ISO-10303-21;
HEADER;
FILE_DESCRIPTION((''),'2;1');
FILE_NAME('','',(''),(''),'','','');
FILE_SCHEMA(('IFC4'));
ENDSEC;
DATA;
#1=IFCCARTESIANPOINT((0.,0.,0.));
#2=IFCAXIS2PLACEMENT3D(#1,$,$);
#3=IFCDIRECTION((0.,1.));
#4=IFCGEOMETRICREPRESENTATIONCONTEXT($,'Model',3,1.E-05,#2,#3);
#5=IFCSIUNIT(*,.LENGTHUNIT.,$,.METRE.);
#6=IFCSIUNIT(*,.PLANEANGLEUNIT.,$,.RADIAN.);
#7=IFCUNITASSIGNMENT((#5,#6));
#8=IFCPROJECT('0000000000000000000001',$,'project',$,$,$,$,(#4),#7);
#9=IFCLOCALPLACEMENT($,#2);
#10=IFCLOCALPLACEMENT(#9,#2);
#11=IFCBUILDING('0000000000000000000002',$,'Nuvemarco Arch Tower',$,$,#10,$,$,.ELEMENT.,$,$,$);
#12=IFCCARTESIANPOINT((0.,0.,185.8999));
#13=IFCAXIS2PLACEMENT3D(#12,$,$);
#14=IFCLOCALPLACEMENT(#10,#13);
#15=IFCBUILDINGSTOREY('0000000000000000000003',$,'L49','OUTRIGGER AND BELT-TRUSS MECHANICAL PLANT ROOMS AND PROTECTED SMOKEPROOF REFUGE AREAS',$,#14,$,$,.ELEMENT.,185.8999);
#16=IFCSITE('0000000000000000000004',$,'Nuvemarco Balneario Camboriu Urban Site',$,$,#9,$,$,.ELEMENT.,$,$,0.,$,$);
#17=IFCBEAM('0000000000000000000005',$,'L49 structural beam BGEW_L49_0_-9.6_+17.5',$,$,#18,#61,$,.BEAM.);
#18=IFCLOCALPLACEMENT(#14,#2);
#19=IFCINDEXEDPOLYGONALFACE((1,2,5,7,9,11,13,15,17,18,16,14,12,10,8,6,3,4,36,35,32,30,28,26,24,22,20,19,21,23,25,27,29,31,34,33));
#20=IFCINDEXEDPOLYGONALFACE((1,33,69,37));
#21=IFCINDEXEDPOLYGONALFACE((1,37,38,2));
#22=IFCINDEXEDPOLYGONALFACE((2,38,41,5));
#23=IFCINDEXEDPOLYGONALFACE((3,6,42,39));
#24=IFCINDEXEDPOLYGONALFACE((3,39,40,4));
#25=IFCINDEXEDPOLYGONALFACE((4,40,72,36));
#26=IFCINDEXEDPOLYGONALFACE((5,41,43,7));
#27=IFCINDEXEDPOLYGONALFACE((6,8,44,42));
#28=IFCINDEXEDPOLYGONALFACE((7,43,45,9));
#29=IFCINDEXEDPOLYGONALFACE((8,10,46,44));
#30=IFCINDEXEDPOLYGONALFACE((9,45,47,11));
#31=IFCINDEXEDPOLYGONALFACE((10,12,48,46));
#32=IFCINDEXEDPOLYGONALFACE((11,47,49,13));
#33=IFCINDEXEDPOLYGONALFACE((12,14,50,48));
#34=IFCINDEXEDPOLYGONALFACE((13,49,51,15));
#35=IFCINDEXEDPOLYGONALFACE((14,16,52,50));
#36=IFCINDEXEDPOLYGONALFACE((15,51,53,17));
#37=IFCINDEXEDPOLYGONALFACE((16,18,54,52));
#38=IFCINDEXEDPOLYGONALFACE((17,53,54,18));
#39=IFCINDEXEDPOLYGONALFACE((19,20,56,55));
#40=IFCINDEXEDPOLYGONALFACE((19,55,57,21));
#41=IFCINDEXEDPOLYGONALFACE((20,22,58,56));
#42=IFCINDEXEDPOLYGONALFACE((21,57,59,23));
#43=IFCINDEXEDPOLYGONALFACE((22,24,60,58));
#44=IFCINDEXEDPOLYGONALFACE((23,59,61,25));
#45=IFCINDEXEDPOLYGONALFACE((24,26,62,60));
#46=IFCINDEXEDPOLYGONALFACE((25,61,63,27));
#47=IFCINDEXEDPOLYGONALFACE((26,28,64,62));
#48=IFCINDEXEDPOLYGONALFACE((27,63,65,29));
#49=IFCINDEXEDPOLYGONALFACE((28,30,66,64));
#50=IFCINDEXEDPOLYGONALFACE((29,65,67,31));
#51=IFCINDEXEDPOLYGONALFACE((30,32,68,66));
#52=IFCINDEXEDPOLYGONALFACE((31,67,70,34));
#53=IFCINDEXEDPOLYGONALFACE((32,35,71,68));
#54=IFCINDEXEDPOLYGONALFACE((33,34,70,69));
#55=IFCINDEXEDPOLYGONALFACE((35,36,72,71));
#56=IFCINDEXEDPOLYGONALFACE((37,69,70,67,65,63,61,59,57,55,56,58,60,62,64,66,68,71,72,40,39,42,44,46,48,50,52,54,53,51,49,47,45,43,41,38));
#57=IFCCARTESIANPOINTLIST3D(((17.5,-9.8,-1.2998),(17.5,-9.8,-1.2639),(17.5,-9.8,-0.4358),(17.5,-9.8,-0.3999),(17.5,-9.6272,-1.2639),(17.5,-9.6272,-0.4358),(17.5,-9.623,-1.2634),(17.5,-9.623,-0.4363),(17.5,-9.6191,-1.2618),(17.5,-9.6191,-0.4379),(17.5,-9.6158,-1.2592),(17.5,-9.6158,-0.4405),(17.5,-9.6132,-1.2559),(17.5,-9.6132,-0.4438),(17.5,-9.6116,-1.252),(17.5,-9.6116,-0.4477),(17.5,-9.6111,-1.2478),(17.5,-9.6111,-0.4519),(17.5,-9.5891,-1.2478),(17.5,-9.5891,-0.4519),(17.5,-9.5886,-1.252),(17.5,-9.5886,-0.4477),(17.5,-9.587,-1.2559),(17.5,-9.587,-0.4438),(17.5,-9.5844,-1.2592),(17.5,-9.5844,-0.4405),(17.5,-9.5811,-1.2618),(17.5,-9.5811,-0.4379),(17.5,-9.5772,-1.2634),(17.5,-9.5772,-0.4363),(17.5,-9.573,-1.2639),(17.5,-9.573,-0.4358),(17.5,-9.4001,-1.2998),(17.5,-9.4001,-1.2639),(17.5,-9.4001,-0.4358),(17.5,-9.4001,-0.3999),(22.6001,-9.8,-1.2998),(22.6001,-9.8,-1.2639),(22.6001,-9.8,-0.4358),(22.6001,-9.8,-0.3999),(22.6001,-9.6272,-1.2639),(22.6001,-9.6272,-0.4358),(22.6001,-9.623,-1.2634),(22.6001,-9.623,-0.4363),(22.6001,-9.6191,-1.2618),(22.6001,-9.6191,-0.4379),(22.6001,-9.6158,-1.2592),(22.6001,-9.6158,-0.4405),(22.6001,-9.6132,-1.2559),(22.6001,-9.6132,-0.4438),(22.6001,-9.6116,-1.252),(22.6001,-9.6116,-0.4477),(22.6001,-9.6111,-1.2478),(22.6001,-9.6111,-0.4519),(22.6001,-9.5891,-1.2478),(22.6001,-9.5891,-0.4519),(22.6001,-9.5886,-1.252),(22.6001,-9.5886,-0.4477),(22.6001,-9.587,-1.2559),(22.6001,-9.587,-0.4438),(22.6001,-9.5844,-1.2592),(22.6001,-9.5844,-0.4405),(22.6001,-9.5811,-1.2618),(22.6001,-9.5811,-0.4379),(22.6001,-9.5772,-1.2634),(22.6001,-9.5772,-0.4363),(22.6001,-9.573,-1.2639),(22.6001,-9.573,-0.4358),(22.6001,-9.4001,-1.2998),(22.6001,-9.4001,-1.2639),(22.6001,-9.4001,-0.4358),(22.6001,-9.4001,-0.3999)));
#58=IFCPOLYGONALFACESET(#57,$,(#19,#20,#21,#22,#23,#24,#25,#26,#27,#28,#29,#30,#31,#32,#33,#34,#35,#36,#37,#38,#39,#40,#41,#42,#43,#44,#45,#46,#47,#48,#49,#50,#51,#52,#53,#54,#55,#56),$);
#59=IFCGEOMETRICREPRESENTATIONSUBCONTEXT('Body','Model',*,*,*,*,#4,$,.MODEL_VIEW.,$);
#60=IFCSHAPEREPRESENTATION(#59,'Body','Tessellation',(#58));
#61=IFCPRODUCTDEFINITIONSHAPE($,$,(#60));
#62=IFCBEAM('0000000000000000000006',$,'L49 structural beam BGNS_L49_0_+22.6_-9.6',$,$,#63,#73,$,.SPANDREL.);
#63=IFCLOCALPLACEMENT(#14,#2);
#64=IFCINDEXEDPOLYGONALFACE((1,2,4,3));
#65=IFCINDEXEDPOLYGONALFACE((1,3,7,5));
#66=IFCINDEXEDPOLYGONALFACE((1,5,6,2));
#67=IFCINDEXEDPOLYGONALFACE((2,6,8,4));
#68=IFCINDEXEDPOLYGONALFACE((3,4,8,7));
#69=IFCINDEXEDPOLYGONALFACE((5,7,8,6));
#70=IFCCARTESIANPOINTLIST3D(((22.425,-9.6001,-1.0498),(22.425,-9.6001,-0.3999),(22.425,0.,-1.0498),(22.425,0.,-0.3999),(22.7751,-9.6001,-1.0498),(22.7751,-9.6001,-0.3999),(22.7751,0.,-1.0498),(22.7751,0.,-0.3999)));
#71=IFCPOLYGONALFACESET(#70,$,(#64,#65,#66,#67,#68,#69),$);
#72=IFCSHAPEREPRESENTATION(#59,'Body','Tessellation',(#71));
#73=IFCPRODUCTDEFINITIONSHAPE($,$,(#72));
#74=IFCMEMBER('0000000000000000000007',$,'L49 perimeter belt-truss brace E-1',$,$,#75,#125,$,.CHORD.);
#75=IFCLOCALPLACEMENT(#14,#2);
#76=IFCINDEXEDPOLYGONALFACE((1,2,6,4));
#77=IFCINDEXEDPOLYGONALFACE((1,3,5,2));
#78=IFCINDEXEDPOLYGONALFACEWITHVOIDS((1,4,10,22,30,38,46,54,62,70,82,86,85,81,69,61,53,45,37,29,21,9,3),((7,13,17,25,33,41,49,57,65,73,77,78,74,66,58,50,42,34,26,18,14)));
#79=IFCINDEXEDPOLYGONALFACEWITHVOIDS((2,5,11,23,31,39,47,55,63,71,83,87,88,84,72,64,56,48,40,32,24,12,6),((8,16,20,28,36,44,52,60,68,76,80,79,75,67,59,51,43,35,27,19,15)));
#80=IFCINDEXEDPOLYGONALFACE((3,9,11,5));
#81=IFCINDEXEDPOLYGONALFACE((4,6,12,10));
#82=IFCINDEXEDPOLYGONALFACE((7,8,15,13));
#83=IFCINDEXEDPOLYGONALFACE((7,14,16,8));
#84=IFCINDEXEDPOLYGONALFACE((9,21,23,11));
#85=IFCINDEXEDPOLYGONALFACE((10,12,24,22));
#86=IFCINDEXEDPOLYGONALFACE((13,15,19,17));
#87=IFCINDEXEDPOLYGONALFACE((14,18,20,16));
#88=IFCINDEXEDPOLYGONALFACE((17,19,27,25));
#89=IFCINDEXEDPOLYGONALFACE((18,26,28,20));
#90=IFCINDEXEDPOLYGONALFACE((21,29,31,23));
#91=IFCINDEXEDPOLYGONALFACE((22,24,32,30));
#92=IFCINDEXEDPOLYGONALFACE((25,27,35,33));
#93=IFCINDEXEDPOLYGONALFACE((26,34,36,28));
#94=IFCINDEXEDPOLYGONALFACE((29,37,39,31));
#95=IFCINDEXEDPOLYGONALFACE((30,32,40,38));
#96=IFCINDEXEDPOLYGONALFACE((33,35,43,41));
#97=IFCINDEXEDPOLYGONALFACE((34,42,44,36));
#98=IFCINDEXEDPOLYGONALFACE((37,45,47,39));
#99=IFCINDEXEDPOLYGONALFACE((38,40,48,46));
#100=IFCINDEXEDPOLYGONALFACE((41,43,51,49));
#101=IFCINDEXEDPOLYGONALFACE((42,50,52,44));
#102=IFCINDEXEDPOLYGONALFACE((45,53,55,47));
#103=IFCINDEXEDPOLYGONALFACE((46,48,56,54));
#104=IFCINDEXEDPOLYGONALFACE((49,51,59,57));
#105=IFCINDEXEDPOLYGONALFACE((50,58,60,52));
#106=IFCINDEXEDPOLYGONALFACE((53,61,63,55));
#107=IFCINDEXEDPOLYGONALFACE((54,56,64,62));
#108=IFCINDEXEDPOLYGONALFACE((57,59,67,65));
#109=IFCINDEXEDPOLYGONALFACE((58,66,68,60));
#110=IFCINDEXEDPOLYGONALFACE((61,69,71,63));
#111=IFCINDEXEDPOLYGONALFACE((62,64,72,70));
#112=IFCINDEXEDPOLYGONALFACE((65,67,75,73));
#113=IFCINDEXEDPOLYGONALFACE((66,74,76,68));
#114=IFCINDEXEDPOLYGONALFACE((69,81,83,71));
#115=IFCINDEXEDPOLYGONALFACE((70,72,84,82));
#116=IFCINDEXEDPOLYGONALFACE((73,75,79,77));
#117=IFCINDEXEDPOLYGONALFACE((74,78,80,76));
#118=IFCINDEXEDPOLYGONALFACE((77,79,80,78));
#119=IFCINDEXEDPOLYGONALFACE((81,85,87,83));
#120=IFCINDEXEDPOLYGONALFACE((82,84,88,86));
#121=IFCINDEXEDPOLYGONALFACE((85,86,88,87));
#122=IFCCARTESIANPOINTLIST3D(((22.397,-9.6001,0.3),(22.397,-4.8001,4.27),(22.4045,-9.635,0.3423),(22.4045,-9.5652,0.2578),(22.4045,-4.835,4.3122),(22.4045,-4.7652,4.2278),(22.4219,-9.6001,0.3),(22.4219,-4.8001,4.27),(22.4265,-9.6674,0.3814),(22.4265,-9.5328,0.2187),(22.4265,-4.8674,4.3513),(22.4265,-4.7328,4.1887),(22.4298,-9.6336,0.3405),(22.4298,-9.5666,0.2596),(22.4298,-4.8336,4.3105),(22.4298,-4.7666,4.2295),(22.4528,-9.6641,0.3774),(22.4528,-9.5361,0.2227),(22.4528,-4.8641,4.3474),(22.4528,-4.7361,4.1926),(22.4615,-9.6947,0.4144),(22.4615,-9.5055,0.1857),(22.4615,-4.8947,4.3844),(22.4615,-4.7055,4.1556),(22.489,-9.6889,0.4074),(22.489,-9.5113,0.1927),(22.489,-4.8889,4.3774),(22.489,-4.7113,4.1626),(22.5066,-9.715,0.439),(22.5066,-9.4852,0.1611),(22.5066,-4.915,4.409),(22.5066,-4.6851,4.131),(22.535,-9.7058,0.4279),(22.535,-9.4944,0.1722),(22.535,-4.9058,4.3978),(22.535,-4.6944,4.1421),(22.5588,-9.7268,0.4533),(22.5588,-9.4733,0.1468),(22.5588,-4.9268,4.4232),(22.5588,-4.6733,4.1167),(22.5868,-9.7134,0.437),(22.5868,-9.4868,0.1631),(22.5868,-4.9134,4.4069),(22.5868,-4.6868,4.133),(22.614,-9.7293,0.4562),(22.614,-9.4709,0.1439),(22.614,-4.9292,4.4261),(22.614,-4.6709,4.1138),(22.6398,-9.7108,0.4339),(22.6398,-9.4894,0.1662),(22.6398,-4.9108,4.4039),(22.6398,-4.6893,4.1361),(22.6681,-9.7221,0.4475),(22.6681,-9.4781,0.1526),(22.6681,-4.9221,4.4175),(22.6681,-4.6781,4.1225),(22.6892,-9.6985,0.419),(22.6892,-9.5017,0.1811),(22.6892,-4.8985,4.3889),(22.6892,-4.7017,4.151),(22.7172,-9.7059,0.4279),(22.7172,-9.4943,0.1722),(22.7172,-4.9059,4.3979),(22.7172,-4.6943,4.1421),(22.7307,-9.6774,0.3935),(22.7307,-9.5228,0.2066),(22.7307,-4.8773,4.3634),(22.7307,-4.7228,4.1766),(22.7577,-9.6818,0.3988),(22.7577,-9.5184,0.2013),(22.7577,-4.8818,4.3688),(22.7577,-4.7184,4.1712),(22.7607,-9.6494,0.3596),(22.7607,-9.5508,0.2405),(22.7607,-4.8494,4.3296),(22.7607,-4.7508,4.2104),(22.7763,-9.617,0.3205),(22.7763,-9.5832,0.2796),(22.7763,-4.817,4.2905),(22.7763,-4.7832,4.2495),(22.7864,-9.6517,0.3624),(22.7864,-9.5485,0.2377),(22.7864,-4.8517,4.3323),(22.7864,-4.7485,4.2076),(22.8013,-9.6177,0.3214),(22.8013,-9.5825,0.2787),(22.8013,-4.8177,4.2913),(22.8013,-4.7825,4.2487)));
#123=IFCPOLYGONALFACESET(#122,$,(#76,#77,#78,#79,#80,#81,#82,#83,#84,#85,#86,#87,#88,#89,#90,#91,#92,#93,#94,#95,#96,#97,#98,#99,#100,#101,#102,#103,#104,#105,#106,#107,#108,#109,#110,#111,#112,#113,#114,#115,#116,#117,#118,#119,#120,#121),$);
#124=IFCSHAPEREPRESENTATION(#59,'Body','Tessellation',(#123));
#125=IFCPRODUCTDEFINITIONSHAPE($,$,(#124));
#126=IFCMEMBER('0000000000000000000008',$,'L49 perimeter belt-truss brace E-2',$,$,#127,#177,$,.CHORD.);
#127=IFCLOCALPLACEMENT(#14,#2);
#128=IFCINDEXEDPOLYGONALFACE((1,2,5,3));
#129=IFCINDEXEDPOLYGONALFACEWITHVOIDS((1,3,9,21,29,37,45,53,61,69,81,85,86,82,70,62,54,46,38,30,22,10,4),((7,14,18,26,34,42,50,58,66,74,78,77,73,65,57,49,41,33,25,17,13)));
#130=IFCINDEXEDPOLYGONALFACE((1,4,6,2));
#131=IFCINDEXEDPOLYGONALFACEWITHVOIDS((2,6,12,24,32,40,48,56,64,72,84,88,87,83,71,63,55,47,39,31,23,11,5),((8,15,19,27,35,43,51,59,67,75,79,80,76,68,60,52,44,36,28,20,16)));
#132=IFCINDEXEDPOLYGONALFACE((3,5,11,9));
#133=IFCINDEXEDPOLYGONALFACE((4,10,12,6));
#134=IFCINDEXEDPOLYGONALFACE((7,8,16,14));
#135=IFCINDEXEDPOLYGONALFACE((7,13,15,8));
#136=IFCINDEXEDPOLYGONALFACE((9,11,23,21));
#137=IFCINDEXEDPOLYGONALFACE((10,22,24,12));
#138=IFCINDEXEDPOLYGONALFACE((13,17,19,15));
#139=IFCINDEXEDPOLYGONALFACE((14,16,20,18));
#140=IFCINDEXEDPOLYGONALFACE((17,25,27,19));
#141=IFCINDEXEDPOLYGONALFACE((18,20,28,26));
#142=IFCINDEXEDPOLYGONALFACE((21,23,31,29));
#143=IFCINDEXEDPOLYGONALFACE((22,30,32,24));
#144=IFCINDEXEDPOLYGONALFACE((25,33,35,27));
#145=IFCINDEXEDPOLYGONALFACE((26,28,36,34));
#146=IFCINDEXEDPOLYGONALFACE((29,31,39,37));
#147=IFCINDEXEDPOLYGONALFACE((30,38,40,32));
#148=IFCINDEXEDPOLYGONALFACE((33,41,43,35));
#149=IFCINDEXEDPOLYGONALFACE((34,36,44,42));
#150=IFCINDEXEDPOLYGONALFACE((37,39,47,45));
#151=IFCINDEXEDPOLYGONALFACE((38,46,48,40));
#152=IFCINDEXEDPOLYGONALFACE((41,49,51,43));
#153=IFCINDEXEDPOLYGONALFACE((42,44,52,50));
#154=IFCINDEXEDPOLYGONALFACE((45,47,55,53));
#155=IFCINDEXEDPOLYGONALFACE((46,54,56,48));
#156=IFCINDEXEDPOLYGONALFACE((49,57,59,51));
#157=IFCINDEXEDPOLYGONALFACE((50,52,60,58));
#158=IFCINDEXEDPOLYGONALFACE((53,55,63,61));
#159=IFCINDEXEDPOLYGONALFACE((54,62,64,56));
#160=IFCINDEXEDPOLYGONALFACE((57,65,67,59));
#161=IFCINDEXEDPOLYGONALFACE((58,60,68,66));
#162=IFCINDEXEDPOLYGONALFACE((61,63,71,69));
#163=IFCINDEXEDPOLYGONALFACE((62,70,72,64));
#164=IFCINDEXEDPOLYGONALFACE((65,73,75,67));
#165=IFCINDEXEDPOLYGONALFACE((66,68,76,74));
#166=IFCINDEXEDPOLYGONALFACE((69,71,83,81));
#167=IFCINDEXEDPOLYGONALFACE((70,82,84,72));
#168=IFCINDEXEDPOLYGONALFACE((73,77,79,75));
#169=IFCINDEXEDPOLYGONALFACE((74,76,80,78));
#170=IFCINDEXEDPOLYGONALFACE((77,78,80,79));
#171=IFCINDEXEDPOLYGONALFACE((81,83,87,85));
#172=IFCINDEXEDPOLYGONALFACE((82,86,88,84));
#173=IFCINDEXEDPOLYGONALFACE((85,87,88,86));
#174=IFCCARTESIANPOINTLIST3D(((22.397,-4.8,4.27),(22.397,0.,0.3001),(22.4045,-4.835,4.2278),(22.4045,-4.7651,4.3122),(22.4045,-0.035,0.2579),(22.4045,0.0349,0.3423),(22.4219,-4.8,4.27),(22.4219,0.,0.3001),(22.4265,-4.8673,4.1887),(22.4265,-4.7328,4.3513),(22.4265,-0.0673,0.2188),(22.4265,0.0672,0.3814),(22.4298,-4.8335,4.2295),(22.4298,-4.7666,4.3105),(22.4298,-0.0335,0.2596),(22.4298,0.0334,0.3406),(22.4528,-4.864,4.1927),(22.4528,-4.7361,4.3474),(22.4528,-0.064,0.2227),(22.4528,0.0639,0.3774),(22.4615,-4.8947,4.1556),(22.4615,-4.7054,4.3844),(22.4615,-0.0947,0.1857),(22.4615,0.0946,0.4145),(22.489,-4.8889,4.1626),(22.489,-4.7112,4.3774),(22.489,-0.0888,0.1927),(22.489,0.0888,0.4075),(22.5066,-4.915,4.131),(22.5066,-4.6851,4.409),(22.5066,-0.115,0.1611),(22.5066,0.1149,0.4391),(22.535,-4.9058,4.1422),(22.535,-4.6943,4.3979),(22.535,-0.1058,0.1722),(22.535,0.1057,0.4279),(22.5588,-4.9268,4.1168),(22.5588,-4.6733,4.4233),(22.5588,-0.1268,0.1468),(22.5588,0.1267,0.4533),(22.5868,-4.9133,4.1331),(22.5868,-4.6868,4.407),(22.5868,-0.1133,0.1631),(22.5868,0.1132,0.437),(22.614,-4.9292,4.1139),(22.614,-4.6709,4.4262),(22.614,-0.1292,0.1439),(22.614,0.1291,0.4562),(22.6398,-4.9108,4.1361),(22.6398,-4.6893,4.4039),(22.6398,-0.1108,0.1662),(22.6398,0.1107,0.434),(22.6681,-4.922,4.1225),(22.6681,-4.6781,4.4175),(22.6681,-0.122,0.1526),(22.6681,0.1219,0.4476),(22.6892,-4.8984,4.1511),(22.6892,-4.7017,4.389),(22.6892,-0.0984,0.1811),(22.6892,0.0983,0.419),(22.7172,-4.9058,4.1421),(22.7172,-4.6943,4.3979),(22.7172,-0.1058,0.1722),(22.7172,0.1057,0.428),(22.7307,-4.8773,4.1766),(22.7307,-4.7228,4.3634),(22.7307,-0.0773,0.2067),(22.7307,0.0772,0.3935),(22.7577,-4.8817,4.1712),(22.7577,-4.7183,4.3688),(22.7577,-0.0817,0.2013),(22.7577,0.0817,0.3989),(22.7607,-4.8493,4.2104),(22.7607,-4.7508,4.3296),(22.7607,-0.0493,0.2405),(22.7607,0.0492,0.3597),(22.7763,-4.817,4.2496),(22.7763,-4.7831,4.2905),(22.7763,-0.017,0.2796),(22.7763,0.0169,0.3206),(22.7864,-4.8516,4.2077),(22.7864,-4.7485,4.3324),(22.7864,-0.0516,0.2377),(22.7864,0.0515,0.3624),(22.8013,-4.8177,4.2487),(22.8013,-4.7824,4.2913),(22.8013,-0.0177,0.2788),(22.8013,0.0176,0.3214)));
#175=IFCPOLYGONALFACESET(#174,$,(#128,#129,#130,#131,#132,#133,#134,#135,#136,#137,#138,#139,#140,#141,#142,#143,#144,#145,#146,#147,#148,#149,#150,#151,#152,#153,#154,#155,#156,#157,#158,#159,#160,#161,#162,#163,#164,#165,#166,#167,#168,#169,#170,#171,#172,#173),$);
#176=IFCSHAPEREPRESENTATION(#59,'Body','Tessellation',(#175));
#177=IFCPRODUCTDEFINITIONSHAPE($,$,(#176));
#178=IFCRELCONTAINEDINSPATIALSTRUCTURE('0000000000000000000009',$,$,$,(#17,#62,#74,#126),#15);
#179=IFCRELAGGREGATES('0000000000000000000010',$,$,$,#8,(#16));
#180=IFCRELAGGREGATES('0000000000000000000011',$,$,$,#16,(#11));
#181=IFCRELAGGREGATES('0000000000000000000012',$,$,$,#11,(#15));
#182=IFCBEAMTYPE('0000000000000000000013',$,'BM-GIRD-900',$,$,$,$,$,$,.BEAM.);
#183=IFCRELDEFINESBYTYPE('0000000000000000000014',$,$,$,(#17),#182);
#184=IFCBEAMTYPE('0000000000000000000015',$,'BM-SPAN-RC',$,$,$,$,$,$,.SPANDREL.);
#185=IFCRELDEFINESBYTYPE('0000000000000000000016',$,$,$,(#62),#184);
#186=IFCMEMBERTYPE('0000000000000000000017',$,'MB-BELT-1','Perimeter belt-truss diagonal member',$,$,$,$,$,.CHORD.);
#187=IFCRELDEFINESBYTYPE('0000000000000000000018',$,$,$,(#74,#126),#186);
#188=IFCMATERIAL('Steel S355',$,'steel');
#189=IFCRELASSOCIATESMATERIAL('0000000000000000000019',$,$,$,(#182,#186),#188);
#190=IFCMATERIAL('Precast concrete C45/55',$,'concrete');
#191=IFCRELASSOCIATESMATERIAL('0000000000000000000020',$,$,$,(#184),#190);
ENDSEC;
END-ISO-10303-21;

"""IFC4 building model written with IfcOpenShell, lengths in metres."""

from ifc_helpers import new_model, si_unit, direction, frame, origin, origin_2d, place, context, subcontext, project, spatial, rectangle, hollow_circle, i_section, extrude, material, material_profile, profile_set, type_object, element, save


model = new_model("IFC4")

# Units and contexts
model_context = context("Model", 3, precision=1e-05, world=origin(), true_north=direction((0.0, 1.0)))
body_context = subcontext(model_context, "Body", "Model", "MODEL_VIEW")
ifc_project = project(units=[si_unit("LENGTHUNIT", "METRE"), si_unit("PLANEANGLEUNIT", "RADIAN")], contexts=[model_context])

# Site, building, storey
site_placement = place(None, origin())
site = spatial("IfcSite", under=ifc_project, at=site_placement, Name="Nuvemarco Balneario Camboriu Urban Site", CompositionType="ELEMENT", RefElevation=0.0)
building_placement = place(site_placement, origin())
building = spatial("IfcBuilding", under=site, at=building_placement, Name="Nuvemarco Arch Tower", CompositionType="ELEMENT")
storey_placement = place(building_placement, frame((0.0, 0.0, 185.8999)))
storey = spatial("IfcBuildingStorey", under=building, at=storey_placement, Name="L49", Description="OUTRIGGER AND BELT-TRUSS MECHANICAL PLANT ROOMS AND PROTECTED SMOKEPROOF REFUGE AREAS", CompositionType="ELEMENT", Elevation=185.8999)

# Shared definitions
ifc_material_1 = material(Name="Steel S355", Category="steel")

# Beams
ifc_material_profile_1 = material_profile(ifc_material_1, i_section(OverallWidth=0.3999, OverallDepth=0.8999, WebThickness=0.022, FlangeThickness=0.0359, FilletRadius=0.0161, at=origin_2d()), Name="PG900x400")
ifc_profile_set_1 = profile_set([ifc_material_profile_1], Name="Steel S355")
beam_type_1 = type_object("IfcBeamType", Name="BM-GIRD-900", PredefinedType="BEAM", material=ifc_profile_set_1)
beam_1_placement = place(storey_placement, frame((17.5, -9.6001, -0.8499), z_axis=(1.0, 0.0, 0.0), x_axis=(0.0, 1.0, 0.0)))
element("IfcBeam", 1, at=beam_1_placement, inside=storey, type_object=beam_type_1, Name="L49 structural beam BGEW_L49_0_-9.6_+17.5", PredefinedType="BEAM", context=body_context, shape_type="SweptSolid", body=[
    extrude(i_section(OverallWidth=0.3999, OverallDepth=0.8999, WebThickness=0.022, FlangeThickness=0.0359, FilletRadius=0.0161, at=origin_2d()), origin(), (0.0, 0.0, 1.0), 5.1001),
])
ifc_material_2 = material(Name="Precast concrete C45/55", Category="concrete")
ifc_material_profile_2 = material_profile(ifc_material_2, rectangle(XDim=0.3501, YDim=0.6499, at=origin_2d()), Name="PC-SP-350x650")
ifc_profile_set_2 = profile_set([ifc_material_profile_2], Name="Precast concrete C45/55")
beam_type_2 = type_object("IfcBeamType", Name="BM-SPAN-RC", PredefinedType="SPANDREL", material=ifc_profile_set_2)
beam_2_placement = place(storey_placement, frame((22.6001, -9.6001, -0.7249), z_axis=(0.0, 1.0, 0.0), x_axis=(-1.0, 0.0, 0.0)))
element("IfcBeam", 2, at=beam_2_placement, inside=storey, type_object=beam_type_2, Name="L49 structural beam BGNS_L49_0_+22.6_-9.6", PredefinedType="SPANDREL", context=body_context, shape_type="SweptSolid", body=[
    extrude(rectangle(XDim=0.3501, YDim=0.6499, at=origin_2d()), origin(), (0.0, 0.0, 1.0), 9.6001),
])

# Members
ifc_material_profile_3 = material_profile(ifc_material_1, hollow_circle(Radius=0.2031, WallThickness=0.0249, at=origin_2d()), Name="CHS406.4x25")
ifc_profile_set_3 = profile_set([ifc_material_profile_3], Name="Steel S355")
member_type_1 = type_object("IfcMemberType", Name="MB-BELT-1", Description="Perimeter belt-truss diagonal member", PredefinedType="CHORD", material=ifc_profile_set_3)
for number, where, z_axis, x_axis, name in (
    (3, (22.6001, -9.6001, 0.3), (0.0, 0.77059, 0.637331), (-1.0, 0.0, 0.0), "L49 perimeter belt-truss brace E-1"),
    (4, (22.6001, -4.8, 4.27), (0.0, 0.77059, -0.637331), (-1.0, 0.0, 0.0), "L49 perimeter belt-truss brace E-2"),
):
    element("IfcMember", number, at=place(storey_placement, frame(where, z_axis=z_axis, x_axis=x_axis)), inside=storey, type_object=member_type_1, Name=name, PredefinedType="CHORD", context=body_context, shape_type="SweptSolid", body=[
        extrude(hollow_circle(Radius=0.2031, WallThickness=0.0249, at=origin_2d()), origin(), (0.0, 0.0, 1.0), 6.229),
    ])

save(model, "model.ifc")
